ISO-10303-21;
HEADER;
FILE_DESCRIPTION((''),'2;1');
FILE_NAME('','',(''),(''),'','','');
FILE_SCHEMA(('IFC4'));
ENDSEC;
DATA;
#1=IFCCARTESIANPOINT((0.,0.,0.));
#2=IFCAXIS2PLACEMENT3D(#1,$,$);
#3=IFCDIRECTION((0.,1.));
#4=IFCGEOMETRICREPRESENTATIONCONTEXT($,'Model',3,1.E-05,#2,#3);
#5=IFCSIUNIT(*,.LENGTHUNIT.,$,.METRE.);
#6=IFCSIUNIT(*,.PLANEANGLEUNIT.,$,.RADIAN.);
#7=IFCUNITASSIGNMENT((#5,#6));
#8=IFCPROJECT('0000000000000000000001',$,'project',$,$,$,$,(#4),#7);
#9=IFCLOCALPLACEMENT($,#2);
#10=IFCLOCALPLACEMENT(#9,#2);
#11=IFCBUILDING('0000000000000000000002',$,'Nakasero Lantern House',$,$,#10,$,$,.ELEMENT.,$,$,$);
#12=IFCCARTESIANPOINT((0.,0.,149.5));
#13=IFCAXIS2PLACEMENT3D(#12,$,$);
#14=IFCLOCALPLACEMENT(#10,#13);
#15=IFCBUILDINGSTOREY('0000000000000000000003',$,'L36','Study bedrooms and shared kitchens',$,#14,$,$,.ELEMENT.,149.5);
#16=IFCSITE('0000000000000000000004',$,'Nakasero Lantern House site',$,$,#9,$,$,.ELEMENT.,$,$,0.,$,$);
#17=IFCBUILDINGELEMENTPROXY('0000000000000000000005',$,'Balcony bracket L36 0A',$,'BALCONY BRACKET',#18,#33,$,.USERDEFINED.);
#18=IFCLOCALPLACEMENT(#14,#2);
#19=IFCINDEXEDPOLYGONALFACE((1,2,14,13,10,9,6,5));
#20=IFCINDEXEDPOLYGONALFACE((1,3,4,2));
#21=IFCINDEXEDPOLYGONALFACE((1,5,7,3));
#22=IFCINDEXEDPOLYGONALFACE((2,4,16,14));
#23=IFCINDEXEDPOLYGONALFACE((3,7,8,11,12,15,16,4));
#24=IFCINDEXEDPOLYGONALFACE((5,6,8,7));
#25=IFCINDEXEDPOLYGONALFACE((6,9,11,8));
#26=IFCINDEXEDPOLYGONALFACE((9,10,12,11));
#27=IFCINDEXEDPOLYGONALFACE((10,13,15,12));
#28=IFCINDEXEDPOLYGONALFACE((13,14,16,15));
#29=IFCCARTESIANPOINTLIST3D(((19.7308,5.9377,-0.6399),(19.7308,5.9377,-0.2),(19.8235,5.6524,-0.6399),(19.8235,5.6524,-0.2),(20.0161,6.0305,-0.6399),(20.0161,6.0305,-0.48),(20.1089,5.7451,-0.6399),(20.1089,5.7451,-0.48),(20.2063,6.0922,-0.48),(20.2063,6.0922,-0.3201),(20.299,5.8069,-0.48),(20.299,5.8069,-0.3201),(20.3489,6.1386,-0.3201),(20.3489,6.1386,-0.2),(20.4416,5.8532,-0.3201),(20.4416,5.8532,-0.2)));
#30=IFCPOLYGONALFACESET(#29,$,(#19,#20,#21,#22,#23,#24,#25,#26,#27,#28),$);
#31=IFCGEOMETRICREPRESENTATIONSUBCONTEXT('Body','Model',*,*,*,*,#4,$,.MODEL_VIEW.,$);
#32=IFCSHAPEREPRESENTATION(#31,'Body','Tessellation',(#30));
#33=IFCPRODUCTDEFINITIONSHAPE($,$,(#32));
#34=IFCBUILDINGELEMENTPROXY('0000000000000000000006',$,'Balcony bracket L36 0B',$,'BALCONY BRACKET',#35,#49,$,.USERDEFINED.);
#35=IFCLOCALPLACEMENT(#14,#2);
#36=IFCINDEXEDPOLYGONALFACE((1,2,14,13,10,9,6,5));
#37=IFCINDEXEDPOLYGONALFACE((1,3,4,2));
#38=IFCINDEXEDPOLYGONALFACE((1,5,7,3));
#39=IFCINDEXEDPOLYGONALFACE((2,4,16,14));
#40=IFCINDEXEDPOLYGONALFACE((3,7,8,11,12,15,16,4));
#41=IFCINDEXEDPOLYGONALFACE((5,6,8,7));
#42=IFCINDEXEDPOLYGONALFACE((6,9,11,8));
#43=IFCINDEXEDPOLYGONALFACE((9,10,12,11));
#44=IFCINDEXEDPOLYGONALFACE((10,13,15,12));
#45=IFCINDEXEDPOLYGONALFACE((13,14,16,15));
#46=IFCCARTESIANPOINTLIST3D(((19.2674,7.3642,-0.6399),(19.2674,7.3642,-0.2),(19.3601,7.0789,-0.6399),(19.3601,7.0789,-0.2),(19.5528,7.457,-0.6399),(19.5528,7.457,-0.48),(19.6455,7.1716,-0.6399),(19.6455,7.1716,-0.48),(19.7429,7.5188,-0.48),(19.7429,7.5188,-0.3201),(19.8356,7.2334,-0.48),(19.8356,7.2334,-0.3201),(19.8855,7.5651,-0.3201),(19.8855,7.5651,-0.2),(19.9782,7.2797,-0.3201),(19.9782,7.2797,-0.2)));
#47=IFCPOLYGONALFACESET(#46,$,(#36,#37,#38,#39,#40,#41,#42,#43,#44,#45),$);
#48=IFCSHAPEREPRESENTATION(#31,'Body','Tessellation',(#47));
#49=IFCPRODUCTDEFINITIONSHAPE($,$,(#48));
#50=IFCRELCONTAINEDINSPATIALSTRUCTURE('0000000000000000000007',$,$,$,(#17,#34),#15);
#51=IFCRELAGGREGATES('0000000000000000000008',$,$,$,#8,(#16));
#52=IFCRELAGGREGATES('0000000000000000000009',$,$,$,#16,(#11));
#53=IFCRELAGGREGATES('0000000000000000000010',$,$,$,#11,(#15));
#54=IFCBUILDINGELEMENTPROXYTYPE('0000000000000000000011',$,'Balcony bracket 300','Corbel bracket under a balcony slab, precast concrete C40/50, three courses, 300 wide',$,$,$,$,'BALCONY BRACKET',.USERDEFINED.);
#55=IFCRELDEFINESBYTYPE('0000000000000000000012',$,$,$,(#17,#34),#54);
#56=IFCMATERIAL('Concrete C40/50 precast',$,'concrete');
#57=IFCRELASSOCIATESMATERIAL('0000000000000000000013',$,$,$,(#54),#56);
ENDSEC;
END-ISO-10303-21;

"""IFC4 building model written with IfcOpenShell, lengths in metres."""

from ifc_helpers import new_model, si_unit, direction, frame, origin, place, context, subcontext, project, spatial, polyline, outline, extrude, material, type_object, element, save


model = new_model("IFC4")

# Units and contexts
model_context = context("Model", 3, precision=1e-05, world=origin(), true_north=direction((0.0, 1.0)))
body_context = subcontext(model_context, "Body", "Model", "MODEL_VIEW")
ifc_project = project(units=[si_unit("LENGTHUNIT", "METRE"), si_unit("PLANEANGLEUNIT", "RADIAN")], contexts=[model_context])

# Site, building, storey
site_placement = place(None, origin())
site = spatial("IfcSite", under=ifc_project, at=site_placement, Name="Nakasero Lantern House site", CompositionType="ELEMENT", RefElevation=0.0)
building_placement = place(site_placement, origin())
building = spatial("IfcBuilding", under=site, at=building_placement, Name="Nakasero Lantern House", CompositionType="ELEMENT")
storey_placement = place(building_placement, frame((0.0, 0.0, 149.5)))
storey = spatial("IfcBuildingStorey", under=building, at=storey_placement, Name="L36", Description="Study bedrooms and shared kitchens", CompositionType="ELEMENT", Elevation=149.5)

# Building element proxies
ifc_material_1 = material(Name="Concrete C40/50 precast", Category="concrete")
building_element_proxy_type = type_object("IfcBuildingElementProxyType", Name="Balcony bracket 300", Description="Corbel bracket under a balcony slab, precast concrete C40/50, three courses, 300 wide", ElementType="BALCONY BRACKET", PredefinedType="USERDEFINED", material=ifc_material_1)
for number, where, z_axis, x_axis, name in (
    (1, (19.7771, 5.7952, -0.2), (0.0, 0.0, 1.0), (0.951057, 0.309017, 0.0), "Balcony bracket L36 0A"),
    (2, (19.3137, 7.2217, -0.2), (0.0, 0.0, 1.0), (0.951057, 0.309017, 0.0), "Balcony bracket L36 0B"),
):
    element("IfcBuildingElementProxy", number, at=place(storey_placement, frame(where, z_axis=z_axis, x_axis=x_axis)), inside=storey, type_object=building_element_proxy_type, Name=name, ObjectType="BALCONY BRACKET", PredefinedType="USERDEFINED", context=body_context, shape_type="SweptSolid", body=[
        extrude(outline(polyline([(0.0, 0.0), (0.6499, 0.0), (0.6499, -0.1201), (0.5, -0.1201), (0.5, -0.28), (0.3, -0.28), (0.3, -0.4399), (0.0, -0.4399), (0.0, 0.0)])), frame((0.0, 0.1499, 0.0), z_axis=(0.0, -1.0, 0.0), x_axis=(1.0, 0.0, 0.0)), (0.0, 0.0, 1.0), 0.3),
    ])

save(model, "model.ifc")
